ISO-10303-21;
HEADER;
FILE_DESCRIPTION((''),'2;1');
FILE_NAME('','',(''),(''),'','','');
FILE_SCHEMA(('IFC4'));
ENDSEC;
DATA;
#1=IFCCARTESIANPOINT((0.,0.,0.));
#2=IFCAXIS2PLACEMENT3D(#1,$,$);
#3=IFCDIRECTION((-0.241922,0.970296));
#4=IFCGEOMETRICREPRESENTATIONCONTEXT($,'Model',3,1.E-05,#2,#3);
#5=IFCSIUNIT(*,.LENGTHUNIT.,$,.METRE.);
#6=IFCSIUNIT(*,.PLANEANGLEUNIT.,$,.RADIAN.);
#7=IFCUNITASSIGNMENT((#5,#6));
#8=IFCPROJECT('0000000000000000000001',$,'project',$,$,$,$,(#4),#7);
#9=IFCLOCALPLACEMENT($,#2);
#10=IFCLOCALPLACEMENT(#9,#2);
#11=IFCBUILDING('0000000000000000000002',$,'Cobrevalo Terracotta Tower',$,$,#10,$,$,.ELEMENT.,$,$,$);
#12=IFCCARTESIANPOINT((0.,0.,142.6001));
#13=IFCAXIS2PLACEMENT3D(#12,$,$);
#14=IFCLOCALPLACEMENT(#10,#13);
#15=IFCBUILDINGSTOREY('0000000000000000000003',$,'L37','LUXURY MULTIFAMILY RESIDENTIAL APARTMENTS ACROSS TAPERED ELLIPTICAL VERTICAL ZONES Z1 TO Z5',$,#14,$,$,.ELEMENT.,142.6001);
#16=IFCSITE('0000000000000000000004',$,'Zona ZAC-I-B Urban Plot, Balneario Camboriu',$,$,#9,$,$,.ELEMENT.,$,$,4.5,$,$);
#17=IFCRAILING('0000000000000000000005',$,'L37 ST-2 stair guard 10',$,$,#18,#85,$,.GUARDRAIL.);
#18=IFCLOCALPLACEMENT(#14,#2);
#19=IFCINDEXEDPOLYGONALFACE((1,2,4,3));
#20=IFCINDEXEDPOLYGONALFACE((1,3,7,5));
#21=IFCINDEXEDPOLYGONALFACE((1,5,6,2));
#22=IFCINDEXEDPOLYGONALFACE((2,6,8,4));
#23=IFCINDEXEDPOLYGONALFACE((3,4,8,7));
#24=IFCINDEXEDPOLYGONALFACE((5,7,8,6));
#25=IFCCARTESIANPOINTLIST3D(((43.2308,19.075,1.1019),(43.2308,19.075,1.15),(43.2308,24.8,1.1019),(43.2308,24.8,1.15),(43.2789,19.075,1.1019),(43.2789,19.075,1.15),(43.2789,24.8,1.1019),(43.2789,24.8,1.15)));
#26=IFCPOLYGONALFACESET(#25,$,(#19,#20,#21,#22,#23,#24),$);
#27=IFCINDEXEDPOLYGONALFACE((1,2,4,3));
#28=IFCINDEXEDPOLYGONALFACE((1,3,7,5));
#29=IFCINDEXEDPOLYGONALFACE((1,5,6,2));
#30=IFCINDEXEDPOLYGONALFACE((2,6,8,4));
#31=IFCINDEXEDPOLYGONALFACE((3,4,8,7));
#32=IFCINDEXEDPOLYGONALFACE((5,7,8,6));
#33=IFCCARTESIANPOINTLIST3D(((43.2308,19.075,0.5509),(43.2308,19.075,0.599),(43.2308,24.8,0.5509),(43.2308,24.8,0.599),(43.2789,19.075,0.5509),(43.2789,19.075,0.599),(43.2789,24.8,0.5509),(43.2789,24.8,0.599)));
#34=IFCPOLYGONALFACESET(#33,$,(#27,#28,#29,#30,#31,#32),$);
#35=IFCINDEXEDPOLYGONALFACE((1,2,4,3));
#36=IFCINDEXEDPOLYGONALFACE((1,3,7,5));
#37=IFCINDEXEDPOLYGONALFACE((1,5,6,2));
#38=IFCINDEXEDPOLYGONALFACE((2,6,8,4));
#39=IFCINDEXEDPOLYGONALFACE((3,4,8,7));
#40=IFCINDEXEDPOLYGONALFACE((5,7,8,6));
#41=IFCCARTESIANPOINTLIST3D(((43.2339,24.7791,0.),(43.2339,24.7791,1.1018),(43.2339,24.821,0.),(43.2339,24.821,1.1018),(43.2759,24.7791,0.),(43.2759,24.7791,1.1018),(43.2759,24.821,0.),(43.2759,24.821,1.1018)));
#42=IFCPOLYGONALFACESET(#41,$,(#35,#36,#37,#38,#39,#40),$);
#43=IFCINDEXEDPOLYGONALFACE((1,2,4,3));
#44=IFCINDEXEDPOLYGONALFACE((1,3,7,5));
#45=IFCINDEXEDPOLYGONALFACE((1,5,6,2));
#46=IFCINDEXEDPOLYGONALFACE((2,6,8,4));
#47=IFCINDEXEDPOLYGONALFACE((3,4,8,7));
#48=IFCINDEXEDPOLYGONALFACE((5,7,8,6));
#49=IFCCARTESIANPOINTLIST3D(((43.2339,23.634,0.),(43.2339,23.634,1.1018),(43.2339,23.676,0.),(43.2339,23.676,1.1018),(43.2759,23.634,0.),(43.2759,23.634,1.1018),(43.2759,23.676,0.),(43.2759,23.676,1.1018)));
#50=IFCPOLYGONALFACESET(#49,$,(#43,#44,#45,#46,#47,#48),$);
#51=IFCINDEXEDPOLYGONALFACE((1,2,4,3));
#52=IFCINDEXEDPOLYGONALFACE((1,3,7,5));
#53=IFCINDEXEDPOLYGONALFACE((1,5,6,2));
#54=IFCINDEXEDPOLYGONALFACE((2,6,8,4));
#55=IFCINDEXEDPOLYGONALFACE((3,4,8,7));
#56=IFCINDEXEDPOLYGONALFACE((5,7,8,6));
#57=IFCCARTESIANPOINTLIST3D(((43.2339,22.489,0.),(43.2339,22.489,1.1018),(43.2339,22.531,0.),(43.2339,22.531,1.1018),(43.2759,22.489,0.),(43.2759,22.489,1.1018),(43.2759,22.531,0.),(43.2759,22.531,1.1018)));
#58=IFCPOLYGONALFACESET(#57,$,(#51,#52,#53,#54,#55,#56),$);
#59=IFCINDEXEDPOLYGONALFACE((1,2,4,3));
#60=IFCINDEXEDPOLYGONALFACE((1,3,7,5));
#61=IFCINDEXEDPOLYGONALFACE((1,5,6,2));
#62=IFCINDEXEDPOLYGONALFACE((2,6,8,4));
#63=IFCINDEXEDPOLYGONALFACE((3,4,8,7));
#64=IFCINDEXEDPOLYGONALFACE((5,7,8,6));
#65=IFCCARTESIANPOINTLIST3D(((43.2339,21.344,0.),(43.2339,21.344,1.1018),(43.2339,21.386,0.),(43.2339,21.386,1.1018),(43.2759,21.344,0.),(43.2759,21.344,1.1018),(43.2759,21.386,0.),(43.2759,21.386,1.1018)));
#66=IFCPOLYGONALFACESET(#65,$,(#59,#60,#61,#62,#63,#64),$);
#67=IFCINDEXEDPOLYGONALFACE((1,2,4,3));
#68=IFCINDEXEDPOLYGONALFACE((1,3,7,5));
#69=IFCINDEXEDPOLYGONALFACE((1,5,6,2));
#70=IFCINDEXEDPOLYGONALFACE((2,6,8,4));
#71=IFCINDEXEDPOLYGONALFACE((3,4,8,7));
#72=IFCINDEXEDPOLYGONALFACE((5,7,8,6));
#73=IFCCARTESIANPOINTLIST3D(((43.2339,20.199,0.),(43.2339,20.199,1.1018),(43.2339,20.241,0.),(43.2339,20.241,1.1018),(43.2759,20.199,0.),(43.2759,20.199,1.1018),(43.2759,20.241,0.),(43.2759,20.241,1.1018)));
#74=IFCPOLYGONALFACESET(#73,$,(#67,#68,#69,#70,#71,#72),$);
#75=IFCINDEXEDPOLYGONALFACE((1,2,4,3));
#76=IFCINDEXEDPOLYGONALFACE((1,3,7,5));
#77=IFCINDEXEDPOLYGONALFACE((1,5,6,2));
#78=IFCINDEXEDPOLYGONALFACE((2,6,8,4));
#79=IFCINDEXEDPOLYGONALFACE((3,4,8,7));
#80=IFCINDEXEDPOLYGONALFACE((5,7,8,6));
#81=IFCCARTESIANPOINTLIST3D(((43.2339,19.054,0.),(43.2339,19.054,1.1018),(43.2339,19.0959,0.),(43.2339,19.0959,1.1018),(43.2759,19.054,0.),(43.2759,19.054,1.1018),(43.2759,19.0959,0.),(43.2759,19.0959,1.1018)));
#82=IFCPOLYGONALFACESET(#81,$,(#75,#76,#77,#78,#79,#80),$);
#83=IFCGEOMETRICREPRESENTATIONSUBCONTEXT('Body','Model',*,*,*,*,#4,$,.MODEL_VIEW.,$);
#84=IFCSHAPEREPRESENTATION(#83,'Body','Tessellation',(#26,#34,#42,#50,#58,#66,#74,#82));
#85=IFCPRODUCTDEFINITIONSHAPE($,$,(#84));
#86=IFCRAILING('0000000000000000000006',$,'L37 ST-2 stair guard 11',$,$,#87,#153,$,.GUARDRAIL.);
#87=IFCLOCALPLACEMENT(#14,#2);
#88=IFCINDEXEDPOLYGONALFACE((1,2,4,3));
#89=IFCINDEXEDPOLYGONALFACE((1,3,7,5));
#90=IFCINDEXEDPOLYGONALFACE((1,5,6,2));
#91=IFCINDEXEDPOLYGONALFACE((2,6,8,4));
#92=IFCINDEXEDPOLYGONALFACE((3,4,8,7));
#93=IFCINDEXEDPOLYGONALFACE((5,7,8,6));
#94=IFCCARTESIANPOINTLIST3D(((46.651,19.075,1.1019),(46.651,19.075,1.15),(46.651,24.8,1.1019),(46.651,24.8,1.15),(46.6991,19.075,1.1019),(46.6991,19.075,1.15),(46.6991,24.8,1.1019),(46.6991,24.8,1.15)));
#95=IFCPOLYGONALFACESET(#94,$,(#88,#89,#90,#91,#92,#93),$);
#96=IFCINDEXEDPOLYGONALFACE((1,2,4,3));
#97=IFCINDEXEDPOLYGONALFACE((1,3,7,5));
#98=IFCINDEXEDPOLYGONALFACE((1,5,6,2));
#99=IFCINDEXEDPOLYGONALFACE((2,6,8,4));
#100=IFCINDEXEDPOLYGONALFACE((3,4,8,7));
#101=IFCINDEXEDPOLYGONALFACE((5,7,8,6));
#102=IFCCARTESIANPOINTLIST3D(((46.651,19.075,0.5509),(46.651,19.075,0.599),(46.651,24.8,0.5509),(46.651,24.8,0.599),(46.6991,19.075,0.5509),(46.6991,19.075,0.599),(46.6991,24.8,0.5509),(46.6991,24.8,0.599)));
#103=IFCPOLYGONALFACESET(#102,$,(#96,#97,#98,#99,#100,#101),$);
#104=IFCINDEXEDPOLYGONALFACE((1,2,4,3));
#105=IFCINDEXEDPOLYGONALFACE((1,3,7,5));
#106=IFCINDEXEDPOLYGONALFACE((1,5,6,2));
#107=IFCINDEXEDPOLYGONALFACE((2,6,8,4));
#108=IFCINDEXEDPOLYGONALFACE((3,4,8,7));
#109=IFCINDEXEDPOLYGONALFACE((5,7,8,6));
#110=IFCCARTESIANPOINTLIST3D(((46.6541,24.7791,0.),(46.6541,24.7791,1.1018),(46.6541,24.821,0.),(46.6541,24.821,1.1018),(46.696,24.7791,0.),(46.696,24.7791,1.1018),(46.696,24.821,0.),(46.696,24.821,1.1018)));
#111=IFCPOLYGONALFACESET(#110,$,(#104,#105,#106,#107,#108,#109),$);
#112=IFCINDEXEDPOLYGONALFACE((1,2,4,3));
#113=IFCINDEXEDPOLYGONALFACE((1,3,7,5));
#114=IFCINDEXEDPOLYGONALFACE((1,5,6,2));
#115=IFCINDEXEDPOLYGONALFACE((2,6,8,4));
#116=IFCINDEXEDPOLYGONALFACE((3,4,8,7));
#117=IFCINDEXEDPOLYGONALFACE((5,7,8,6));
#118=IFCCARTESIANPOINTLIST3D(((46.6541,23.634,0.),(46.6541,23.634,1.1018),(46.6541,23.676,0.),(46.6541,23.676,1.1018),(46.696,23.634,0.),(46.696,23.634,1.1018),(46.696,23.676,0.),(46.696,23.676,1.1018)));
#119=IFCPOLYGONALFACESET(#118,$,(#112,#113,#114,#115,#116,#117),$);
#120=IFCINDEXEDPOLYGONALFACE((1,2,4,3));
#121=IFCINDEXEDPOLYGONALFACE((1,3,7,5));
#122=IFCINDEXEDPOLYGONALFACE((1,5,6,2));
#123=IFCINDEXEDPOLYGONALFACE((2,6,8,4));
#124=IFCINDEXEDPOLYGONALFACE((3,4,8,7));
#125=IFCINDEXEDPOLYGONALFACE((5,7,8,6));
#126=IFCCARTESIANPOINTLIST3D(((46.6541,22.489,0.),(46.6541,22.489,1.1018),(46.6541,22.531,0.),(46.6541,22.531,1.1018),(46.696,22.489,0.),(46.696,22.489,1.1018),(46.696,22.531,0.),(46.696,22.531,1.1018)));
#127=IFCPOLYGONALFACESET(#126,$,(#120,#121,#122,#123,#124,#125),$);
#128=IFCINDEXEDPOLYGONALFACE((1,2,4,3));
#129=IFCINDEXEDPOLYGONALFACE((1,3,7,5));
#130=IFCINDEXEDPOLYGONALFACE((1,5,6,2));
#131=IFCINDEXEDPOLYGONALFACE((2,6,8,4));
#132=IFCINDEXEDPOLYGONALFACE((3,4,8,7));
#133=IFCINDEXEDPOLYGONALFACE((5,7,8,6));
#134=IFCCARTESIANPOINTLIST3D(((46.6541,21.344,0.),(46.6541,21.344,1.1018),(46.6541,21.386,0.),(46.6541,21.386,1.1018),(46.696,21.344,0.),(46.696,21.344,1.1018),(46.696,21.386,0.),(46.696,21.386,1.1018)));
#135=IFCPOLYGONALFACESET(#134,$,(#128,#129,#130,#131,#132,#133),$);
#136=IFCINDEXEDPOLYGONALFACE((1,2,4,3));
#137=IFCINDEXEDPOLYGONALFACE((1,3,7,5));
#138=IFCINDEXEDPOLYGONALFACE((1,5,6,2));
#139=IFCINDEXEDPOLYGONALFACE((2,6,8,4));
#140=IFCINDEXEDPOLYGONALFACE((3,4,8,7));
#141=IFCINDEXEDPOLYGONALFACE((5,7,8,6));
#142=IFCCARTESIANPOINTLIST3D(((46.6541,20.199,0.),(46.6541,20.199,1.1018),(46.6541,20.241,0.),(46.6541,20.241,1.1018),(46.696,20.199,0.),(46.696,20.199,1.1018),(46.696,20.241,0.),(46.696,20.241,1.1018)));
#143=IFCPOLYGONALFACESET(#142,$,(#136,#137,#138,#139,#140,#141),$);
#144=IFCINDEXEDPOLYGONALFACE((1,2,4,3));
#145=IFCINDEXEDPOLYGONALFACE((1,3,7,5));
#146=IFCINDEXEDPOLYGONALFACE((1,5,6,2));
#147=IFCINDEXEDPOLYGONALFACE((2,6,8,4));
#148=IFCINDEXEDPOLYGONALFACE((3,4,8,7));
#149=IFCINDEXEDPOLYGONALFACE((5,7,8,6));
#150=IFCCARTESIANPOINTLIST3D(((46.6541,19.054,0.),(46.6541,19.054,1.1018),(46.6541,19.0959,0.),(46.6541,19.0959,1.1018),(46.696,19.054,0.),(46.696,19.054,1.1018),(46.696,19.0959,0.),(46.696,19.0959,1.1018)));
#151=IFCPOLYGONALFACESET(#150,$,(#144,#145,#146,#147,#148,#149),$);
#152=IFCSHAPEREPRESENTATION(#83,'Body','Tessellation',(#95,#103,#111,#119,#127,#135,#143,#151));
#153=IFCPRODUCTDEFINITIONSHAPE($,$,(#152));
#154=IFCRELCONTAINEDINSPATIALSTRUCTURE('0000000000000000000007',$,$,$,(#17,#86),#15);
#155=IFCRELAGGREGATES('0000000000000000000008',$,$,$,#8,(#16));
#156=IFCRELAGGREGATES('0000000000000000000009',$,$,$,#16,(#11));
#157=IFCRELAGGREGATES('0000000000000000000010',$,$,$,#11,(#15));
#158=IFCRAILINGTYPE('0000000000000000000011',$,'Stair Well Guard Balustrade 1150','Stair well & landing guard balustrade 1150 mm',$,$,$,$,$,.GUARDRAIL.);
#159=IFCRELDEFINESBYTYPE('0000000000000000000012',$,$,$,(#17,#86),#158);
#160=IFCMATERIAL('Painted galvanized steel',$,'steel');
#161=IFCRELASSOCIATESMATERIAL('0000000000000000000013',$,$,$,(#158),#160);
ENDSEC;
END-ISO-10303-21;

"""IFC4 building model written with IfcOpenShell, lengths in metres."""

from ifc_helpers import new_model, si_unit, direction, frame, origin, origin_2d, place, context, subcontext, project, spatial, rectangle, extrude, material, type_object, element, save


model = new_model("IFC4")

# Units and contexts
model_context = context("Model", 3, precision=1e-05, world=origin(), true_north=direction((-0.241922, 0.970296)))
body_context = subcontext(model_context, "Body", "Model", "MODEL_VIEW")
ifc_project = project(units=[si_unit("LENGTHUNIT", "METRE"), si_unit("PLANEANGLEUNIT", "RADIAN")], contexts=[model_context])

# Site, building, storey
site_placement = place(None, origin())
site = spatial("IfcSite", under=ifc_project, at=site_placement, Name="Zona ZAC-I-B Urban Plot, Balneario Camboriu", CompositionType="ELEMENT", RefElevation=4.5)
building_placement = place(site_placement, origin())
building = spatial("IfcBuilding", under=site, at=building_placement, Name="Cobrevalo Terracotta Tower", CompositionType="ELEMENT")
storey_placement = place(building_placement, frame((0.0, 0.0, 142.6001)))
storey = spatial("IfcBuildingStorey", under=building, at=storey_placement, Name="L37", Description="LUXURY MULTIFAMILY RESIDENTIAL APARTMENTS ACROSS TAPERED ELLIPTICAL VERTICAL ZONES Z1 TO Z5", CompositionType="ELEMENT", Elevation=142.6001)

# Railings
ifc_material_1 = material(Name="Painted galvanized steel", Category="steel")
railing_type_1 = type_object("IfcRailingType", Name="Stair Well Guard Balustrade 1150", Description="Stair well & landing guard balustrade 1150 mm", PredefinedType="GUARDRAIL", material=ifc_material_1)
for number, where, name in (
    (1, (43.2549, 24.8, 0.0), "L37 ST-2 stair guard 10"),
    (2, (46.675, 24.8, 0.0), "L37 ST-2 stair guard 11"),
):
    element("IfcRailing", number, at=place(storey_placement, frame(where)), inside=storey, type_object=railing_type_1, Name=name, PredefinedType="GUARDRAIL", context=body_context, shape_type="SweptSolid", body=[
        extrude(rectangle(XDim=0.0481, YDim=0.0481, at=origin_2d()), frame((0.0, 0.0, 1.126), z_axis=(0.0, -1.0, 0.0), x_axis=(1.0, 0.0, 0.0)), (0.0, 0.0, 1.0), 5.7251),
        extrude(rectangle(XDim=0.0481, YDim=0.0481, at=origin_2d()), frame((0.0, 0.0, 0.575), z_axis=(0.0, -1.0, 0.0), x_axis=(1.0, 0.0, 0.0)), (0.0, 0.0, 1.0), 5.7251),
        extrude(rectangle(XDim=0.042, YDim=0.042, at=origin_2d()), origin(), (0.0, 0.0, 1.0), 1.1018),
        extrude(rectangle(XDim=0.042, YDim=0.042, at=origin_2d()), frame((0.0, -1.145, 0.0)), (0.0, 0.0, 1.0), 1.1018),
        extrude(rectangle(XDim=0.042, YDim=0.042, at=origin_2d()), frame((0.0, -2.29, 0.0)), (0.0, 0.0, 1.0), 1.1018),
        extrude(rectangle(XDim=0.042, YDim=0.042, at=origin_2d()), frame((0.0, -3.4351, 0.0)), (0.0, 0.0, 1.0), 1.1018),
        extrude(rectangle(XDim=0.042, YDim=0.042, at=origin_2d()), frame((0.0, -4.5801, 0.0)), (0.0, 0.0, 1.0), 1.1018),
        extrude(rectangle(XDim=0.042, YDim=0.042, at=origin_2d()), frame((0.0, -5.7251, 0.0)), (0.0, 0.0, 1.0), 1.1018),
    ])

save(model, "model.ifc")
